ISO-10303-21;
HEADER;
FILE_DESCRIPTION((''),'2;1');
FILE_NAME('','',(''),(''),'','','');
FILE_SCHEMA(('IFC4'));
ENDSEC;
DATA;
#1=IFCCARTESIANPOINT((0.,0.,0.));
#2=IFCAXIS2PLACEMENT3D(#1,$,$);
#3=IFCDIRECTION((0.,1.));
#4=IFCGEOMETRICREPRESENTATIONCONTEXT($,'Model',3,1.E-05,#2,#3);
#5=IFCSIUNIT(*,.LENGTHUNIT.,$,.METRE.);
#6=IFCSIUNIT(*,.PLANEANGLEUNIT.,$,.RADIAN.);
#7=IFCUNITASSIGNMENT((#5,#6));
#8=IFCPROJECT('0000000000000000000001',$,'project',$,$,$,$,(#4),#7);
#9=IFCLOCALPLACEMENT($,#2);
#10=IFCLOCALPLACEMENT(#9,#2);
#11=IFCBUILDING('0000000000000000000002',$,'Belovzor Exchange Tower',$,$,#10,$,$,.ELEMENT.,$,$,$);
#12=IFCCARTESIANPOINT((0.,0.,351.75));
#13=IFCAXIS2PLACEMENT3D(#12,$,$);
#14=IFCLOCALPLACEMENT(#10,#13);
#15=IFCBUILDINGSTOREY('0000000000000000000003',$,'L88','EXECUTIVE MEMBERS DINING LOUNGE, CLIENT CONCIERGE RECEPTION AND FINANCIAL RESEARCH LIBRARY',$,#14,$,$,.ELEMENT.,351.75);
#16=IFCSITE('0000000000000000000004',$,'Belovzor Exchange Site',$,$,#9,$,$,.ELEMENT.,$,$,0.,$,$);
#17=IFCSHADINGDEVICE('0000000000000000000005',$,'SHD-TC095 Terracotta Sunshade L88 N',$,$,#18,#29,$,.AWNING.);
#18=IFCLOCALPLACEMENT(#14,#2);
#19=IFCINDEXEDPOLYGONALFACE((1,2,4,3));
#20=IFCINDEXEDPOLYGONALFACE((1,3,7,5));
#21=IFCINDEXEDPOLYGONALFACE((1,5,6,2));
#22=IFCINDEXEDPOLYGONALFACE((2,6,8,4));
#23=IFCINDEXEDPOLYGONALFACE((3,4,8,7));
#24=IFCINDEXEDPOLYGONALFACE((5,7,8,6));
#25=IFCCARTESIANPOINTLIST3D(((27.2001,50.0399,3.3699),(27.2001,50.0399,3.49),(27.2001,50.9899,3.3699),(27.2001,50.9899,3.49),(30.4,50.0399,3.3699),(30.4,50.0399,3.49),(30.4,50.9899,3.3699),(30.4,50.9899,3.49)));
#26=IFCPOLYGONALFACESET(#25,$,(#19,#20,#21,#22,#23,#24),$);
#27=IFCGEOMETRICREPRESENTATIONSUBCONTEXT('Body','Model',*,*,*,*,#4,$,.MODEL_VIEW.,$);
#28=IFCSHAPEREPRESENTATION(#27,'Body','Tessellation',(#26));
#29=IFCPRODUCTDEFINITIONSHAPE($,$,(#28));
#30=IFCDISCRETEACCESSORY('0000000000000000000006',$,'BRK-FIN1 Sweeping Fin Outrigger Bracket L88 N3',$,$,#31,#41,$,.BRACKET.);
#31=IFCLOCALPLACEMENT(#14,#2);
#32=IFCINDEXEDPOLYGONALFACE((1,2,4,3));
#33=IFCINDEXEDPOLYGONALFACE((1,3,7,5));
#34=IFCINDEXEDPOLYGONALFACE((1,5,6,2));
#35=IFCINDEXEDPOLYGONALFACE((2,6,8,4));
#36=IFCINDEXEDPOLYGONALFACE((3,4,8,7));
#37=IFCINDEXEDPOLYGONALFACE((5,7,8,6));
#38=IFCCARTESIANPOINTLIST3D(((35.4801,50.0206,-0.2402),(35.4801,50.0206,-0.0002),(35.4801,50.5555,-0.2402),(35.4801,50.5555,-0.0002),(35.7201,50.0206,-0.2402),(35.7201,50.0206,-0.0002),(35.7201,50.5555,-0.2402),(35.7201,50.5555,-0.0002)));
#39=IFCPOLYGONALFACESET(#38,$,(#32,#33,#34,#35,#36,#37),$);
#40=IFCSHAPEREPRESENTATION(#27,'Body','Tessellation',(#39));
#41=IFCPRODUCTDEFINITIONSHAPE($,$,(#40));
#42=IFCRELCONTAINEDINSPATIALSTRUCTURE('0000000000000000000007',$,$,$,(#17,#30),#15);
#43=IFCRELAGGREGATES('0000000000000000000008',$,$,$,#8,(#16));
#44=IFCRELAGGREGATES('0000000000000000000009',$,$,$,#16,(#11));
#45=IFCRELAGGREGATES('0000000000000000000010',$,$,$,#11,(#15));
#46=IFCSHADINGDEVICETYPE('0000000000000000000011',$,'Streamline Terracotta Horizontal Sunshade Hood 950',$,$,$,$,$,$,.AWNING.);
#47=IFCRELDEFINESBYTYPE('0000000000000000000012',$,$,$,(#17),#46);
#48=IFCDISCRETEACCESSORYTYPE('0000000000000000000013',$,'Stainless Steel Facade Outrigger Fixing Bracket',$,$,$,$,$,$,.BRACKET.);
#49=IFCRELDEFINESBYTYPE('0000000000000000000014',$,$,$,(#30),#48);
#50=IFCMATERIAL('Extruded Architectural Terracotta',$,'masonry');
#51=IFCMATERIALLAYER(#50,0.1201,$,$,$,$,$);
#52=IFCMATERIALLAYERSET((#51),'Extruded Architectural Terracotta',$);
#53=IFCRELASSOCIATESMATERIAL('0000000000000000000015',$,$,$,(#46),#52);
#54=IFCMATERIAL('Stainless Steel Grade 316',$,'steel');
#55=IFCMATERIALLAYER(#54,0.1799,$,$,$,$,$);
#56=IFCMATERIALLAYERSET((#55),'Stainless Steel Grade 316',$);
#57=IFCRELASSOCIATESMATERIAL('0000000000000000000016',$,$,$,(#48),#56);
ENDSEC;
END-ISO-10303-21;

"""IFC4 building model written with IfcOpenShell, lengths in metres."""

from ifc_helpers import new_model, si_unit, direction, frame, origin, origin_2d, place, context, subcontext, project, spatial, rectangle, extrude, material, layer, layer_set, type_object, element, save


model = new_model("IFC4")

# Units and contexts
model_context = context("Model", 3, precision=1e-05, world=origin(), true_north=direction((0.0, 1.0)))
body_context = subcontext(model_context, "Body", "Model", "MODEL_VIEW")
ifc_project = project(units=[si_unit("LENGTHUNIT", "METRE"), si_unit("PLANEANGLEUNIT", "RADIAN")], contexts=[model_context])

# Site, building, storey
site_placement = place(None, origin())
site = spatial("IfcSite", under=ifc_project, at=site_placement, Name="Belovzor Exchange Site", CompositionType="ELEMENT", RefElevation=0.0)
building_placement = place(site_placement, origin())
building = spatial("IfcBuilding", under=site, at=building_placement, Name="Belovzor Exchange Tower", CompositionType="ELEMENT")
storey_placement = place(building_placement, frame((0.0, 0.0, 351.75)))
storey = spatial("IfcBuildingStorey", under=building, at=storey_placement, Name="L88", Description="EXECUTIVE MEMBERS DINING LOUNGE, CLIENT CONCIERGE RECEPTION AND FINANCIAL RESEARCH LIBRARY", CompositionType="ELEMENT", Elevation=351.75)

# Shading device
ifc_material_1 = material(Name="Extruded Architectural Terracotta", Category="masonry")
ifc_layer_1 = layer(ifc_material_1, 0.1201)
ifc_layer_set_1 = layer_set([ifc_layer_1], Name="Extruded Architectural Terracotta")
shading_device_type = type_object("IfcShadingDeviceType", Name="Streamline Terracotta Horizontal Sunshade Hood 950", PredefinedType="AWNING", material=ifc_layer_set_1)
shading_device_placement = place(storey_placement, frame((28.8, 50.5149, 3.3699), z_axis=(0.0, 0.0, 1.0), x_axis=(1.0, 0.0, 0.0)))
element("IfcShadingDevice", 1, at=shading_device_placement, inside=storey, type_object=shading_device_type, Name="SHD-TC095 Terracotta Sunshade L88 N", PredefinedType="AWNING", context=body_context, shape_type="SweptSolid", body=[
    extrude(rectangle(XDim=3.2, YDim=0.95, at=origin_2d()), origin(), (0.0, 0.0, 1.0), 0.1201),
])

# Discrete accessory
ifc_material_2 = material(Name="Stainless Steel Grade 316", Category="steel")
ifc_layer_2 = layer(ifc_material_2, 0.1799)
ifc_layer_set_2 = layer_set([ifc_layer_2], Name="Stainless Steel Grade 316")
discrete_accessory_type = type_object("IfcDiscreteAccessoryType", Name="Stainless Steel Facade Outrigger Fixing Bracket", PredefinedType="BRACKET", material=ifc_layer_set_2)
discrete_accessory_placement = place(storey_placement, frame((35.6001, 50.2881, -0.2402), z_axis=(0.0, 0.0, 1.0), x_axis=(0.0, 1.0, 0.0)))
element("IfcDiscreteAccessory", 2, at=discrete_accessory_placement, inside=storey, type_object=discrete_accessory_type, Name="BRK-FIN1 Sweeping Fin Outrigger Bracket L88 N3", PredefinedType="BRACKET", context=body_context, shape_type="SweptSolid", body=[
    extrude(rectangle(XDim=0.5349, YDim=0.24, at=origin_2d()), origin(), (0.0, 0.0, 1.0), 0.24),
])

save(model, "model.ifc")
